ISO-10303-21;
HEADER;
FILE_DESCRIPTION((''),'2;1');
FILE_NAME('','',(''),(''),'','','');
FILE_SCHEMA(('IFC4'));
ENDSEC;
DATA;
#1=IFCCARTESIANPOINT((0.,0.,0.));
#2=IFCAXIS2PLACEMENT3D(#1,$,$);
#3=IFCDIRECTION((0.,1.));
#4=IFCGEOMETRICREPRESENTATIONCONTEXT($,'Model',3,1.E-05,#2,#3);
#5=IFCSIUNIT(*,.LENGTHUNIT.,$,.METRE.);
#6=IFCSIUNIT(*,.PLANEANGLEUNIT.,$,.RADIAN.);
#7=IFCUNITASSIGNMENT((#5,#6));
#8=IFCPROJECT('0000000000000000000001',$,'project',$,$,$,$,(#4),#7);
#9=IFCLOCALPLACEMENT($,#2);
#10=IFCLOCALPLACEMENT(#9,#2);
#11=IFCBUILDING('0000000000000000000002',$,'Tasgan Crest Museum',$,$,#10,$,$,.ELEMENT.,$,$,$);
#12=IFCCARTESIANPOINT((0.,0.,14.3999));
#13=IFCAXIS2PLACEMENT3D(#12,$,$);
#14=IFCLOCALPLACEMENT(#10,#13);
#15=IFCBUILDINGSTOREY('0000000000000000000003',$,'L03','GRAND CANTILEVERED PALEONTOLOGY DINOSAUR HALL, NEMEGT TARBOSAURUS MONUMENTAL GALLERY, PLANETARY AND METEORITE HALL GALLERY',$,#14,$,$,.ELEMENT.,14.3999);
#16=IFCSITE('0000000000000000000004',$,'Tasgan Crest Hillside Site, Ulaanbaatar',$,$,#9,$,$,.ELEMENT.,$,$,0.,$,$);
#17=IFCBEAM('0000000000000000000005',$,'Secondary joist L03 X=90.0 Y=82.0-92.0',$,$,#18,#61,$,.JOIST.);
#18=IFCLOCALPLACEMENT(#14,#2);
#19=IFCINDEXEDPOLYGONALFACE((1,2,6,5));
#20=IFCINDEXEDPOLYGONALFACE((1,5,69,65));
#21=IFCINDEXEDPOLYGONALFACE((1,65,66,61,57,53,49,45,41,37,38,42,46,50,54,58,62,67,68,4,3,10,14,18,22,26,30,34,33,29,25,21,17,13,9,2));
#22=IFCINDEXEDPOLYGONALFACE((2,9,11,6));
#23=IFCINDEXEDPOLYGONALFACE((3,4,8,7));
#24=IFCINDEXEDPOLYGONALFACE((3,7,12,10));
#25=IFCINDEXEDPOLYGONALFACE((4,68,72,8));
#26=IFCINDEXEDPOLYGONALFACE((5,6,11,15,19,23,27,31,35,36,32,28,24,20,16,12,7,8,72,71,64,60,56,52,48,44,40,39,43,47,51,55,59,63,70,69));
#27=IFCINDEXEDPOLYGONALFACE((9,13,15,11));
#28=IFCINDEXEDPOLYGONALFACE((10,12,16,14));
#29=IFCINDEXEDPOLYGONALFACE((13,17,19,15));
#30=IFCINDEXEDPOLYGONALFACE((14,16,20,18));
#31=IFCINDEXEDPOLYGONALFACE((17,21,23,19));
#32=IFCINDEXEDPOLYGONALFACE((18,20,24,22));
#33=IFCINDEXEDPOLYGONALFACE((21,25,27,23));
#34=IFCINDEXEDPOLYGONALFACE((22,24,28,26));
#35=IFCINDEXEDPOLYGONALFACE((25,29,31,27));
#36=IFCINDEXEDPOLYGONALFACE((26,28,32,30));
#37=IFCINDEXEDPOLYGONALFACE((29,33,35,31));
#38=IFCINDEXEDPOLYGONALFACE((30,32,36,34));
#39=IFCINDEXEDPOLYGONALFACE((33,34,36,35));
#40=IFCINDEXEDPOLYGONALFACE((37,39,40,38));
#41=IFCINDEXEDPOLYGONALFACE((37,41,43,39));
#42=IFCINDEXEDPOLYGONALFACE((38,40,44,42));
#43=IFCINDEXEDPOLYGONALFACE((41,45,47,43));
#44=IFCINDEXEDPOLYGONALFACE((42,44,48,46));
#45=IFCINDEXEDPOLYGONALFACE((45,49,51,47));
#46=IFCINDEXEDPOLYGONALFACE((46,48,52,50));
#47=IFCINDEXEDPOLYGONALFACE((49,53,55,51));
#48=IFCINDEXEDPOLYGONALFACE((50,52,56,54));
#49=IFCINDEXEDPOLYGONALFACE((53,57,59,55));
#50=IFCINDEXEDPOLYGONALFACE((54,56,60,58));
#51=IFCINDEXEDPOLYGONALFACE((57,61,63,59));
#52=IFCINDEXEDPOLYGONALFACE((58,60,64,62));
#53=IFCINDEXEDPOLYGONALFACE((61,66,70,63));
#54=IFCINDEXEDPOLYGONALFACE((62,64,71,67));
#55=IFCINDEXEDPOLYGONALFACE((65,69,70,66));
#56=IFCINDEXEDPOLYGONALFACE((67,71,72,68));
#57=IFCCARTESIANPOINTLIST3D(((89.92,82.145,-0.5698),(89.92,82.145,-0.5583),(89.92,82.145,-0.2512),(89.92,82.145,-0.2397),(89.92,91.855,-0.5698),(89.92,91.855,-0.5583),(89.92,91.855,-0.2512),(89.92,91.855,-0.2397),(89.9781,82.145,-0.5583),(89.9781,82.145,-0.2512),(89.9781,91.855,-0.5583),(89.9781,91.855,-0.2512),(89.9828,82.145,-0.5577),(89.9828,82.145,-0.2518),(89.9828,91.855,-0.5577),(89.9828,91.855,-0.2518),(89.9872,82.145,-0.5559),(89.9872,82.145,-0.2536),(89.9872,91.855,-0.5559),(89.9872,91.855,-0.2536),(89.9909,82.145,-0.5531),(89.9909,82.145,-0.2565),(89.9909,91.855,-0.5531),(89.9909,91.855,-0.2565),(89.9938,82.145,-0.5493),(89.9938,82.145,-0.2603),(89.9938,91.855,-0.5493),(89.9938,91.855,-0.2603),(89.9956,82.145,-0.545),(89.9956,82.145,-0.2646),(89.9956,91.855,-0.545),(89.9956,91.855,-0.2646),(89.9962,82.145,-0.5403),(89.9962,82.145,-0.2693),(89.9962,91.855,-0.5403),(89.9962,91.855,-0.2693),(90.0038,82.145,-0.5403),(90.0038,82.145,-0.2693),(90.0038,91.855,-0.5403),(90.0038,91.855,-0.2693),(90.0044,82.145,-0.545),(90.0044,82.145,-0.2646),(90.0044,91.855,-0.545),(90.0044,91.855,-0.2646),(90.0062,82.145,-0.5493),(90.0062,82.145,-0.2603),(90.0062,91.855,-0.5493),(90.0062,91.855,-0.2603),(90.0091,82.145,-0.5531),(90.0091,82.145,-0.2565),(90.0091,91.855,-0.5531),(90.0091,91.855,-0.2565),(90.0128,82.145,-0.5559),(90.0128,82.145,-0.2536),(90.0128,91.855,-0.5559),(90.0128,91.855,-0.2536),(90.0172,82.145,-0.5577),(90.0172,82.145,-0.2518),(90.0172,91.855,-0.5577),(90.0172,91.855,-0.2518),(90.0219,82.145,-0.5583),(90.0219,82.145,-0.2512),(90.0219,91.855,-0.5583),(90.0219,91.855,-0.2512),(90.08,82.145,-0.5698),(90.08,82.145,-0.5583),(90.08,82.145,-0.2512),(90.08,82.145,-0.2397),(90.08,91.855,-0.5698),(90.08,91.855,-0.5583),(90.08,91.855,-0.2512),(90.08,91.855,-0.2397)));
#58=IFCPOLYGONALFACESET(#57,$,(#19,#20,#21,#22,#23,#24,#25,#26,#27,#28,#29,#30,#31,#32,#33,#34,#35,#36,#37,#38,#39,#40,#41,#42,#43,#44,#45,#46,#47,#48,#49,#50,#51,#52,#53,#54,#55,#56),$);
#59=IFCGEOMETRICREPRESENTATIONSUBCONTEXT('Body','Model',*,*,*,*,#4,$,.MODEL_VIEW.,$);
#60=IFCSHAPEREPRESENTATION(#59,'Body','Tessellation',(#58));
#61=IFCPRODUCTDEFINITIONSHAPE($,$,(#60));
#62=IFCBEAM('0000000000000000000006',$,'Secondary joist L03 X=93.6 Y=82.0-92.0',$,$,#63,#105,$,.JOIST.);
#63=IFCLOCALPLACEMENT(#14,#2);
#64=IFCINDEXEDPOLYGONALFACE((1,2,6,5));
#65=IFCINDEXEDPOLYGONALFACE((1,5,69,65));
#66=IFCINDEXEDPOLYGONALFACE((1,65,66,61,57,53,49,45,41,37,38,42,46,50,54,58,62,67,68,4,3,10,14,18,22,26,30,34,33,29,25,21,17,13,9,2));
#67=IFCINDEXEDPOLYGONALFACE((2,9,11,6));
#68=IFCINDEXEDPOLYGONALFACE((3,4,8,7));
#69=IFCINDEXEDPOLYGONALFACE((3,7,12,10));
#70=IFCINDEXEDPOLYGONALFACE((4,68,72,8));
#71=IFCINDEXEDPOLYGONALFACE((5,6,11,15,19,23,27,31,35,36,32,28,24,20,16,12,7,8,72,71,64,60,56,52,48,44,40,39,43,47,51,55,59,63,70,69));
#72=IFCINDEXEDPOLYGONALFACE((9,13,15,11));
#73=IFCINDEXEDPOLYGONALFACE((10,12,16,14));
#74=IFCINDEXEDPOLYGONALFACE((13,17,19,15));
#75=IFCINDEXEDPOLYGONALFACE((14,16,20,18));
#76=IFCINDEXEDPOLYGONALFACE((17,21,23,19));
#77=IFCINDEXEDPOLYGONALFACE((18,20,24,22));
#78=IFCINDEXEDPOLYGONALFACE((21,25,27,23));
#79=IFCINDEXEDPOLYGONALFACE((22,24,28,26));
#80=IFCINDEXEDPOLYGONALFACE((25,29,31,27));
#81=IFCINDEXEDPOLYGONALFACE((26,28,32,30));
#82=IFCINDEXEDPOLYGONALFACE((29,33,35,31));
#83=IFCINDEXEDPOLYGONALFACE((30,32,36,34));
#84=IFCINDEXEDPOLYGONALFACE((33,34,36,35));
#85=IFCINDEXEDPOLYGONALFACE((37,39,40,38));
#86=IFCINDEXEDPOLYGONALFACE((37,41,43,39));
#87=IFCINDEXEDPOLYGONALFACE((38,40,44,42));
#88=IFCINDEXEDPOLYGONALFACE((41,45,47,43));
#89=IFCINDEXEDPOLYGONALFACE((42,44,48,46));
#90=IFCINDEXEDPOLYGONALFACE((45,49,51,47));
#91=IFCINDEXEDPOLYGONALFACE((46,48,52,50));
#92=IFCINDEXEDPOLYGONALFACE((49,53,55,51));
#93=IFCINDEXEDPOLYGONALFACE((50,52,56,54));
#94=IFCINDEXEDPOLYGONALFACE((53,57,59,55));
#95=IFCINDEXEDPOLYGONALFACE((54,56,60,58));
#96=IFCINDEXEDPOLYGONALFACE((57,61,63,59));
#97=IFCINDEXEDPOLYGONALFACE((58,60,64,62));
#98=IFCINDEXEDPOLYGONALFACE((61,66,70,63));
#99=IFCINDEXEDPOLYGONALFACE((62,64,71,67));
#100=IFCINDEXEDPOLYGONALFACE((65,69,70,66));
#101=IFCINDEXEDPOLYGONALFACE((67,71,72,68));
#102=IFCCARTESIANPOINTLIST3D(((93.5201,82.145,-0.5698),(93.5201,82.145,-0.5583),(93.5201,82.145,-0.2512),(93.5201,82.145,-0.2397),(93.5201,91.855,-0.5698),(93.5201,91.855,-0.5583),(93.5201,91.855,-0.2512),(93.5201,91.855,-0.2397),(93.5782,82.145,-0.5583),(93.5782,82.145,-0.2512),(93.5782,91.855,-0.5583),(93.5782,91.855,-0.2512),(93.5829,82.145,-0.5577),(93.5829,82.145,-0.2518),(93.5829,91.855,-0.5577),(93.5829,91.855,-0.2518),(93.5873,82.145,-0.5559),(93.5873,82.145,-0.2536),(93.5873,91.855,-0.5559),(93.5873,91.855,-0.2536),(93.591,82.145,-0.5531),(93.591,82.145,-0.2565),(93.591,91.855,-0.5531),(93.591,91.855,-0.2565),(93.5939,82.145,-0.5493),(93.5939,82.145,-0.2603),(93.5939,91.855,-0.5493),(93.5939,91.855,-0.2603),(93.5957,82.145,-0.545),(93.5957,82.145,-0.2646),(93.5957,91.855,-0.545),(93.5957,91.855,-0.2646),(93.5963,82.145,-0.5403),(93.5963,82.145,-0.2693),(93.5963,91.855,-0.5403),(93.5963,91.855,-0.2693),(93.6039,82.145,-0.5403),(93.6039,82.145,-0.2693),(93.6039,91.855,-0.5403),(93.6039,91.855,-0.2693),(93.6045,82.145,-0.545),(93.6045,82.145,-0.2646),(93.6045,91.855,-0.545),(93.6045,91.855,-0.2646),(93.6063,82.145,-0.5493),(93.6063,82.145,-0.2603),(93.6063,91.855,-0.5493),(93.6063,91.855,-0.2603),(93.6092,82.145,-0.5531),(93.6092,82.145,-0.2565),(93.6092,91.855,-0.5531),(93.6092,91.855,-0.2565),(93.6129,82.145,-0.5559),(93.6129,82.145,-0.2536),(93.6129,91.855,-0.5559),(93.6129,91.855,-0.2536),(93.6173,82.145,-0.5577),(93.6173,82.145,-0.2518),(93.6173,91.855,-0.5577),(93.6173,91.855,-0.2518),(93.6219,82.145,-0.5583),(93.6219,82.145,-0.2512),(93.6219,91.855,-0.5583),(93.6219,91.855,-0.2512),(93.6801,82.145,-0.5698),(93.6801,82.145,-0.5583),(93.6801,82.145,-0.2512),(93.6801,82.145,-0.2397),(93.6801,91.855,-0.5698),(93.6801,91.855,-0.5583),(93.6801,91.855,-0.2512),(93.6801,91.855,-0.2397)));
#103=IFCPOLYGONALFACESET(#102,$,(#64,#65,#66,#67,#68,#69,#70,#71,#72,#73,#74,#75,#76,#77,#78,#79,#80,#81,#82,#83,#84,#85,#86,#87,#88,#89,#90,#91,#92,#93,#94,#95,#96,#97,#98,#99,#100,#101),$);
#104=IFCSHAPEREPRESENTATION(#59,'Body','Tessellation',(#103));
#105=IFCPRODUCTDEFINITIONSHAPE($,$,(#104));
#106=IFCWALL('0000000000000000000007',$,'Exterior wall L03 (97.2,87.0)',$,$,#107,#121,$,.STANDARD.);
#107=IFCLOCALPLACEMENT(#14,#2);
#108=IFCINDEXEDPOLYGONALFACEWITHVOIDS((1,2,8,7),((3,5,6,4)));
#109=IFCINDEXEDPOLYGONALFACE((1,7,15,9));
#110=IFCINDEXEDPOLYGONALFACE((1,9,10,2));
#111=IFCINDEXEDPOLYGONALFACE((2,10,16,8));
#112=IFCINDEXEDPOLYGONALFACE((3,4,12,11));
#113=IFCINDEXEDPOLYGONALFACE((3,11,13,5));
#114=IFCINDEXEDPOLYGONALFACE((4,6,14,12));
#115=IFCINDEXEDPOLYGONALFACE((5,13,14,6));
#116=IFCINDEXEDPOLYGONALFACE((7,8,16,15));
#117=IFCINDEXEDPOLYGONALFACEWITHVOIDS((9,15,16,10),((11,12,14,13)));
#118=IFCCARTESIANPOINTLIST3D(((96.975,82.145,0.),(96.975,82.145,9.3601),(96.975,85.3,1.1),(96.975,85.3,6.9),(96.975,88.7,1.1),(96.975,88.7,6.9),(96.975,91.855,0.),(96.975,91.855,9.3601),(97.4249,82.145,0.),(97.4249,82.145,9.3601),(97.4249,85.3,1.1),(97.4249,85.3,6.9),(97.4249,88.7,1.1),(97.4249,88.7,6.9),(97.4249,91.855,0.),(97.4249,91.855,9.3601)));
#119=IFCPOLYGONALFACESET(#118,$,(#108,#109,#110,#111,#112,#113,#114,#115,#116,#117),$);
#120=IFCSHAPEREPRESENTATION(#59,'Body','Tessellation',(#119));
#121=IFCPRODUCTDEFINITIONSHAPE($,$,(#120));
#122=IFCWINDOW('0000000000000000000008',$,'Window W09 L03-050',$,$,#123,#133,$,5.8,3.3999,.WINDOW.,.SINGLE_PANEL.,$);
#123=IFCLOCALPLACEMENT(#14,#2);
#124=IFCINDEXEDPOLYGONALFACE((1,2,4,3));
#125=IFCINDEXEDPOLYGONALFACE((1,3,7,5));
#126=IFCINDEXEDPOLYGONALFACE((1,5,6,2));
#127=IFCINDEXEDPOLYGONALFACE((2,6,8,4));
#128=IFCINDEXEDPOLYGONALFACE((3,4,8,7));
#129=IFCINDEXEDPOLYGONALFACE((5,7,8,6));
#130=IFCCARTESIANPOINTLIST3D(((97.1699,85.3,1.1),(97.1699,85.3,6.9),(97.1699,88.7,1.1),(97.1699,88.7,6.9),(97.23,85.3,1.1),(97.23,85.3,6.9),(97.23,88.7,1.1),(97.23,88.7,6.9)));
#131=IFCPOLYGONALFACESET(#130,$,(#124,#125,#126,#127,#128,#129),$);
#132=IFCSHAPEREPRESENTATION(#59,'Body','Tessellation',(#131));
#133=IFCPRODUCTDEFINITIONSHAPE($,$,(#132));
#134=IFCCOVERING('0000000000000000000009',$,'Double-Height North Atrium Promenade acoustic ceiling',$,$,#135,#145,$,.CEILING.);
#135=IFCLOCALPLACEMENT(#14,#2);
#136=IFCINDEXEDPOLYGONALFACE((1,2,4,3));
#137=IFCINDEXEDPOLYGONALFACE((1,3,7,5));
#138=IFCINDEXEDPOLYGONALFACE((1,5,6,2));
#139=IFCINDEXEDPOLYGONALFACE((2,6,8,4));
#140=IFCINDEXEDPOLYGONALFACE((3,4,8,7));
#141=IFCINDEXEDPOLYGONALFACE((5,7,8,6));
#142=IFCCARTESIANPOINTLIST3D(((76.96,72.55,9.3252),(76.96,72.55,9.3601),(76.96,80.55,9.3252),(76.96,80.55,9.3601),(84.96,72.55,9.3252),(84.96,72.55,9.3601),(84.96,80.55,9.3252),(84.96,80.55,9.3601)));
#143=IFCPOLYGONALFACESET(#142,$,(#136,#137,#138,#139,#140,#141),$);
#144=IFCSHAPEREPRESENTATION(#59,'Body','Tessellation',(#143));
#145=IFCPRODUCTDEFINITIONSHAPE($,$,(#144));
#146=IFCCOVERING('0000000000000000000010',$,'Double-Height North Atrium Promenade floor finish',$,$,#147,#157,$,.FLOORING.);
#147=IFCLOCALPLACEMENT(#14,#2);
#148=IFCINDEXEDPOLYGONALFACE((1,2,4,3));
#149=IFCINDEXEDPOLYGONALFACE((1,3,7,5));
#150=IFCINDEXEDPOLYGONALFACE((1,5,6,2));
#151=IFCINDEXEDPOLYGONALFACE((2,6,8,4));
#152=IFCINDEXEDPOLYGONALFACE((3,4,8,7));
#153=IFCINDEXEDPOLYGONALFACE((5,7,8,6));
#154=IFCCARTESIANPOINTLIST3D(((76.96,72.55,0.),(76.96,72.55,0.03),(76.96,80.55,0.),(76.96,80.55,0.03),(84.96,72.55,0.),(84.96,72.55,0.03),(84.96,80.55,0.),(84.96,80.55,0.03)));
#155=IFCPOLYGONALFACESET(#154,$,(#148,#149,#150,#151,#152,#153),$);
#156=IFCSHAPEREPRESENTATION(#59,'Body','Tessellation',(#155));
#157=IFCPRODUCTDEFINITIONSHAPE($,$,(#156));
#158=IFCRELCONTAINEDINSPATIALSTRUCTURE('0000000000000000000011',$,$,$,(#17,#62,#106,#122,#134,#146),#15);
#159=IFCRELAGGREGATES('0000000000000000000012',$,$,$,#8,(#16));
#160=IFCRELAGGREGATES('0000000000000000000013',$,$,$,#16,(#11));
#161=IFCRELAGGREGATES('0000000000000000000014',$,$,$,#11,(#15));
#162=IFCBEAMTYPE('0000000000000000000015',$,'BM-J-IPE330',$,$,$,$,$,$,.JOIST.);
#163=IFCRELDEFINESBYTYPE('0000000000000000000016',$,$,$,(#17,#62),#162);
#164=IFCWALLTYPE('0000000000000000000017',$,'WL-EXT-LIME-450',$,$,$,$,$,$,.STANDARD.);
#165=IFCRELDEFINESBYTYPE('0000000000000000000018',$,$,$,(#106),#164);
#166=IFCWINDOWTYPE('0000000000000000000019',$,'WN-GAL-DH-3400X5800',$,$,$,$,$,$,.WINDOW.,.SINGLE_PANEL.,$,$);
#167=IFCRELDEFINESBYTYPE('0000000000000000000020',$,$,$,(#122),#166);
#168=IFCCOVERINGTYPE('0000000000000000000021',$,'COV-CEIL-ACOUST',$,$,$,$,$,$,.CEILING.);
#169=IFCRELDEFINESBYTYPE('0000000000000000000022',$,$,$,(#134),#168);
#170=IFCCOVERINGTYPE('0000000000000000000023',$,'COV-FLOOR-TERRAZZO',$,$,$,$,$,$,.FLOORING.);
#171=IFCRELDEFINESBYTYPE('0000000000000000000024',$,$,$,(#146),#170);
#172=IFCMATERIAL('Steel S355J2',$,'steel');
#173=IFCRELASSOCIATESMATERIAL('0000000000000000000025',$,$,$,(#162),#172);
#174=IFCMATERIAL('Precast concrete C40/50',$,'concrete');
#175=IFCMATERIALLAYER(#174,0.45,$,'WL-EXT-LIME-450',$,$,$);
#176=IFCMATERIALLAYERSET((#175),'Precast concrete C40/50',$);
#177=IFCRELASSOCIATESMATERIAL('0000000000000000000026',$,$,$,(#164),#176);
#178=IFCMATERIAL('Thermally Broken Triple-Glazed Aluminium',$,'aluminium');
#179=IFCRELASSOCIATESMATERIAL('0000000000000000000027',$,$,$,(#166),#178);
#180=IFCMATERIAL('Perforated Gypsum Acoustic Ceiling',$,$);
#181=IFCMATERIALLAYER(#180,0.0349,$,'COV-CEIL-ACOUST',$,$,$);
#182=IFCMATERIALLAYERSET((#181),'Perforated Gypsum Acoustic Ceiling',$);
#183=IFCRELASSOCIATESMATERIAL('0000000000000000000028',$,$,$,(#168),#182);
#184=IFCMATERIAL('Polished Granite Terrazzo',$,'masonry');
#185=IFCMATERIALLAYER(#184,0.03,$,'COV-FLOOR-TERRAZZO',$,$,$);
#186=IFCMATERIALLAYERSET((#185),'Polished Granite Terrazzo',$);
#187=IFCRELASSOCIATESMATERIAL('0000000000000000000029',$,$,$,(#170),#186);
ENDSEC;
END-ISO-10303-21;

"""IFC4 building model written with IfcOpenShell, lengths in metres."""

from ifc_helpers import new_model, si_unit, direction, frame, frame_2d, origin, origin_2d, place, context, subcontext, project, spatial, rectangle, i_section, extrude, material, layer, layer_set, material_profile, profile_set, type_object, element, fill, save


model = new_model("IFC4")

# Units and contexts
model_context = context("Model", 3, precision=1e-05, world=origin(), true_north=direction((0.0, 1.0)))
body_context = subcontext(model_context, "Body", "Model", "MODEL_VIEW")
ifc_project = project(units=[si_unit("LENGTHUNIT", "METRE"), si_unit("PLANEANGLEUNIT", "RADIAN")], contexts=[model_context])

# Site, building, storey
site_placement = place(None, origin())
site = spatial("IfcSite", under=ifc_project, at=site_placement, Name="Tasgan Crest Hillside Site, Ulaanbaatar", CompositionType="ELEMENT", RefElevation=0.0)
building_placement = place(site_placement, origin())
building = spatial("IfcBuilding", under=site, at=building_placement, Name="Tasgan Crest Museum", CompositionType="ELEMENT")
storey_placement = place(building_placement, frame((0.0, 0.0, 14.3999)))
storey = spatial("IfcBuildingStorey", under=building, at=storey_placement, Name="L03", Description="GRAND CANTILEVERED PALEONTOLOGY DINOSAUR HALL, NEMEGT TARBOSAURUS MONUMENTAL GALLERY, PLANETARY AND METEORITE HALL GALLERY", CompositionType="ELEMENT", Elevation=14.3999)

# Beams
ifc_material_1 = material(Name="Steel S355J2", Category="steel")
ifc_material_profile_1 = material_profile(ifc_material_1, i_section(OverallWidth=0.1599, OverallDepth=0.3301, WebThickness=0.0076, FlangeThickness=0.0115, FilletRadius=0.0181, at=origin_2d()), Name="IPE 330")
ifc_profile_set_1 = profile_set([ifc_material_profile_1], Name="Steel S355J2")
beam_type_1 = type_object("IfcBeamType", Name="BM-J-IPE330", PredefinedType="JOIST", material=ifc_profile_set_1)
for number, where, z_axis, x_axis, name in (
    (1, (90.0, 82.145, -0.4048), (0.0, 1.0, 0.0), (-1.0, 0.0, 0.0), "Secondary joist L03 X=90.0 Y=82.0-92.0"),
    (2, (93.6001, 82.145, -0.4048), (0.0, 1.0, 0.0), (-1.0, 0.0, 0.0), "Secondary joist L03 X=93.6 Y=82.0-92.0"),
):
    element("IfcBeam", number, at=place(storey_placement, frame(where, z_axis=z_axis, x_axis=x_axis)), inside=storey, type_object=beam_type_1, Name=name, PredefinedType="JOIST", context=body_context, shape_type="SweptSolid", body=[
        extrude(i_section(OverallWidth=0.1599, OverallDepth=0.3301, WebThickness=0.0076, FlangeThickness=0.0115, FilletRadius=0.0181, at=origin_2d()), origin(), (0.0, 0.0, 1.0), 9.71),
    ])

# Wall, opening, window
ifc_material_2 = material(Name="Precast concrete C40/50", Category="concrete")
ifc_layer_1 = layer(ifc_material_2, 0.45, Name="WL-EXT-LIME-450")
ifc_layer_set_1 = layer_set([ifc_layer_1], Name="Precast concrete C40/50")
wall_type = type_object("IfcWallType", Name="WL-EXT-LIME-450", PredefinedType="STANDARD", material=ifc_layer_set_1)
wall_placement = place(storey_placement, frame((97.2, 82.145, 0.0), z_axis=(0.0, 0.0, 1.0), x_axis=(0.0, 1.0, 0.0)))
wall = element("IfcWall", 3, at=wall_placement, inside=storey, type_object=wall_type, Name="Exterior wall L03 (97.2,87.0)", PredefinedType="STANDARD", context=body_context, shape_type="SweptSolid", body=[
    extrude(rectangle(XDim=9.71, YDim=0.45, at=frame_2d((4.855, 0.0))), origin(), (0.0, 0.0, 1.0), 9.3601),
])
opening_placement = place(wall_placement, frame((3.155, 0.0, 1.1001)))
opening = element("IfcOpeningElement", 4, at=opening_placement, cuts=wall, PredefinedType="OPENING", context=body_context, shape_type="SweptSolid", body=[
    extrude(rectangle(XDim=3.3999, YDim=5.8, at=frame_2d((1.7, 2.8999))), frame((0.0, 0.2349, 0.0), z_axis=(0.0, -1.0, 0.0), x_axis=(1.0, 0.0, 0.0)), (0.0, 0.0, 1.0), 0.47),
])
ifc_material_3 = material(Name="Thermally Broken Triple-Glazed Aluminium", Category="aluminium")
window_type = type_object("IfcWindowType", Name="WN-GAL-DH-3400X5800", PartitioningType="SINGLE_PANEL", PredefinedType="WINDOW", material=ifc_material_3)
window_placement = place(opening_placement, origin())
window = element("IfcWindow", 5, at=window_placement, inside=storey, type_object=window_type, Name="Window W09 L03-050", OverallHeight=5.8, OverallWidth=3.3999, PartitioningType="SINGLE_PANEL", PredefinedType="WINDOW", context=body_context, shape_type="SweptSolid", body=[
    extrude(rectangle(XDim=3.3999, YDim=5.8, at=frame_2d((1.7, 2.8999))), frame((0.0, 0.03, 0.0), z_axis=(0.0, -1.0, 0.0), x_axis=(1.0, 0.0, 0.0)), (0.0, 0.0, 1.0), 0.0601),
])
fill(opening, window)

# Coverings
ifc_material_4 = material(Name="Perforated Gypsum Acoustic Ceiling")
ifc_layer_2 = layer(ifc_material_4, 0.0349, Name="COV-CEIL-ACOUST")
ifc_layer_set_2 = layer_set([ifc_layer_2], Name="Perforated Gypsum Acoustic Ceiling")
covering_type_1 = type_object("IfcCoveringType", Name="COV-CEIL-ACOUST", PredefinedType="CEILING", material=ifc_layer_set_2)
covering_1_placement = place(storey_placement, frame((80.96, 76.55, 9.3252), z_axis=(0.0, 0.0, 1.0), x_axis=(1.0, 0.0, 0.0)))
element("IfcCovering", 6, at=covering_1_placement, inside=storey, type_object=covering_type_1, Name="Double-Height North Atrium Promenade acoustic ceiling", PredefinedType="CEILING", context=body_context, shape_type="SweptSolid", body=[
    extrude(rectangle(XDim=8.0, YDim=8.0, at=origin_2d()), origin(), (0.0, 0.0, 1.0), 0.0349),
])
ifc_material_5 = material(Name="Polished Granite Terrazzo", Category="masonry")
ifc_layer_3 = layer(ifc_material_5, 0.03, Name="COV-FLOOR-TERRAZZO")
ifc_layer_set_3 = layer_set([ifc_layer_3], Name="Polished Granite Terrazzo")
covering_type_2 = type_object("IfcCoveringType", Name="COV-FLOOR-TERRAZZO", PredefinedType="FLOORING", material=ifc_layer_set_3)
covering_2_placement = place(storey_placement, frame((80.96, 76.55, 0.0), z_axis=(0.0, 0.0, 1.0), x_axis=(1.0, 0.0, 0.0)))
element("IfcCovering", 7, at=covering_2_placement, inside=storey, type_object=covering_type_2, Name="Double-Height North Atrium Promenade floor finish", PredefinedType="FLOORING", context=body_context, shape_type="SweptSolid", body=[
    extrude(rectangle(XDim=8.0, YDim=8.0, at=origin_2d()), origin(), (0.0, 0.0, 1.0), 0.03),
])

save(model, "model.ifc")
